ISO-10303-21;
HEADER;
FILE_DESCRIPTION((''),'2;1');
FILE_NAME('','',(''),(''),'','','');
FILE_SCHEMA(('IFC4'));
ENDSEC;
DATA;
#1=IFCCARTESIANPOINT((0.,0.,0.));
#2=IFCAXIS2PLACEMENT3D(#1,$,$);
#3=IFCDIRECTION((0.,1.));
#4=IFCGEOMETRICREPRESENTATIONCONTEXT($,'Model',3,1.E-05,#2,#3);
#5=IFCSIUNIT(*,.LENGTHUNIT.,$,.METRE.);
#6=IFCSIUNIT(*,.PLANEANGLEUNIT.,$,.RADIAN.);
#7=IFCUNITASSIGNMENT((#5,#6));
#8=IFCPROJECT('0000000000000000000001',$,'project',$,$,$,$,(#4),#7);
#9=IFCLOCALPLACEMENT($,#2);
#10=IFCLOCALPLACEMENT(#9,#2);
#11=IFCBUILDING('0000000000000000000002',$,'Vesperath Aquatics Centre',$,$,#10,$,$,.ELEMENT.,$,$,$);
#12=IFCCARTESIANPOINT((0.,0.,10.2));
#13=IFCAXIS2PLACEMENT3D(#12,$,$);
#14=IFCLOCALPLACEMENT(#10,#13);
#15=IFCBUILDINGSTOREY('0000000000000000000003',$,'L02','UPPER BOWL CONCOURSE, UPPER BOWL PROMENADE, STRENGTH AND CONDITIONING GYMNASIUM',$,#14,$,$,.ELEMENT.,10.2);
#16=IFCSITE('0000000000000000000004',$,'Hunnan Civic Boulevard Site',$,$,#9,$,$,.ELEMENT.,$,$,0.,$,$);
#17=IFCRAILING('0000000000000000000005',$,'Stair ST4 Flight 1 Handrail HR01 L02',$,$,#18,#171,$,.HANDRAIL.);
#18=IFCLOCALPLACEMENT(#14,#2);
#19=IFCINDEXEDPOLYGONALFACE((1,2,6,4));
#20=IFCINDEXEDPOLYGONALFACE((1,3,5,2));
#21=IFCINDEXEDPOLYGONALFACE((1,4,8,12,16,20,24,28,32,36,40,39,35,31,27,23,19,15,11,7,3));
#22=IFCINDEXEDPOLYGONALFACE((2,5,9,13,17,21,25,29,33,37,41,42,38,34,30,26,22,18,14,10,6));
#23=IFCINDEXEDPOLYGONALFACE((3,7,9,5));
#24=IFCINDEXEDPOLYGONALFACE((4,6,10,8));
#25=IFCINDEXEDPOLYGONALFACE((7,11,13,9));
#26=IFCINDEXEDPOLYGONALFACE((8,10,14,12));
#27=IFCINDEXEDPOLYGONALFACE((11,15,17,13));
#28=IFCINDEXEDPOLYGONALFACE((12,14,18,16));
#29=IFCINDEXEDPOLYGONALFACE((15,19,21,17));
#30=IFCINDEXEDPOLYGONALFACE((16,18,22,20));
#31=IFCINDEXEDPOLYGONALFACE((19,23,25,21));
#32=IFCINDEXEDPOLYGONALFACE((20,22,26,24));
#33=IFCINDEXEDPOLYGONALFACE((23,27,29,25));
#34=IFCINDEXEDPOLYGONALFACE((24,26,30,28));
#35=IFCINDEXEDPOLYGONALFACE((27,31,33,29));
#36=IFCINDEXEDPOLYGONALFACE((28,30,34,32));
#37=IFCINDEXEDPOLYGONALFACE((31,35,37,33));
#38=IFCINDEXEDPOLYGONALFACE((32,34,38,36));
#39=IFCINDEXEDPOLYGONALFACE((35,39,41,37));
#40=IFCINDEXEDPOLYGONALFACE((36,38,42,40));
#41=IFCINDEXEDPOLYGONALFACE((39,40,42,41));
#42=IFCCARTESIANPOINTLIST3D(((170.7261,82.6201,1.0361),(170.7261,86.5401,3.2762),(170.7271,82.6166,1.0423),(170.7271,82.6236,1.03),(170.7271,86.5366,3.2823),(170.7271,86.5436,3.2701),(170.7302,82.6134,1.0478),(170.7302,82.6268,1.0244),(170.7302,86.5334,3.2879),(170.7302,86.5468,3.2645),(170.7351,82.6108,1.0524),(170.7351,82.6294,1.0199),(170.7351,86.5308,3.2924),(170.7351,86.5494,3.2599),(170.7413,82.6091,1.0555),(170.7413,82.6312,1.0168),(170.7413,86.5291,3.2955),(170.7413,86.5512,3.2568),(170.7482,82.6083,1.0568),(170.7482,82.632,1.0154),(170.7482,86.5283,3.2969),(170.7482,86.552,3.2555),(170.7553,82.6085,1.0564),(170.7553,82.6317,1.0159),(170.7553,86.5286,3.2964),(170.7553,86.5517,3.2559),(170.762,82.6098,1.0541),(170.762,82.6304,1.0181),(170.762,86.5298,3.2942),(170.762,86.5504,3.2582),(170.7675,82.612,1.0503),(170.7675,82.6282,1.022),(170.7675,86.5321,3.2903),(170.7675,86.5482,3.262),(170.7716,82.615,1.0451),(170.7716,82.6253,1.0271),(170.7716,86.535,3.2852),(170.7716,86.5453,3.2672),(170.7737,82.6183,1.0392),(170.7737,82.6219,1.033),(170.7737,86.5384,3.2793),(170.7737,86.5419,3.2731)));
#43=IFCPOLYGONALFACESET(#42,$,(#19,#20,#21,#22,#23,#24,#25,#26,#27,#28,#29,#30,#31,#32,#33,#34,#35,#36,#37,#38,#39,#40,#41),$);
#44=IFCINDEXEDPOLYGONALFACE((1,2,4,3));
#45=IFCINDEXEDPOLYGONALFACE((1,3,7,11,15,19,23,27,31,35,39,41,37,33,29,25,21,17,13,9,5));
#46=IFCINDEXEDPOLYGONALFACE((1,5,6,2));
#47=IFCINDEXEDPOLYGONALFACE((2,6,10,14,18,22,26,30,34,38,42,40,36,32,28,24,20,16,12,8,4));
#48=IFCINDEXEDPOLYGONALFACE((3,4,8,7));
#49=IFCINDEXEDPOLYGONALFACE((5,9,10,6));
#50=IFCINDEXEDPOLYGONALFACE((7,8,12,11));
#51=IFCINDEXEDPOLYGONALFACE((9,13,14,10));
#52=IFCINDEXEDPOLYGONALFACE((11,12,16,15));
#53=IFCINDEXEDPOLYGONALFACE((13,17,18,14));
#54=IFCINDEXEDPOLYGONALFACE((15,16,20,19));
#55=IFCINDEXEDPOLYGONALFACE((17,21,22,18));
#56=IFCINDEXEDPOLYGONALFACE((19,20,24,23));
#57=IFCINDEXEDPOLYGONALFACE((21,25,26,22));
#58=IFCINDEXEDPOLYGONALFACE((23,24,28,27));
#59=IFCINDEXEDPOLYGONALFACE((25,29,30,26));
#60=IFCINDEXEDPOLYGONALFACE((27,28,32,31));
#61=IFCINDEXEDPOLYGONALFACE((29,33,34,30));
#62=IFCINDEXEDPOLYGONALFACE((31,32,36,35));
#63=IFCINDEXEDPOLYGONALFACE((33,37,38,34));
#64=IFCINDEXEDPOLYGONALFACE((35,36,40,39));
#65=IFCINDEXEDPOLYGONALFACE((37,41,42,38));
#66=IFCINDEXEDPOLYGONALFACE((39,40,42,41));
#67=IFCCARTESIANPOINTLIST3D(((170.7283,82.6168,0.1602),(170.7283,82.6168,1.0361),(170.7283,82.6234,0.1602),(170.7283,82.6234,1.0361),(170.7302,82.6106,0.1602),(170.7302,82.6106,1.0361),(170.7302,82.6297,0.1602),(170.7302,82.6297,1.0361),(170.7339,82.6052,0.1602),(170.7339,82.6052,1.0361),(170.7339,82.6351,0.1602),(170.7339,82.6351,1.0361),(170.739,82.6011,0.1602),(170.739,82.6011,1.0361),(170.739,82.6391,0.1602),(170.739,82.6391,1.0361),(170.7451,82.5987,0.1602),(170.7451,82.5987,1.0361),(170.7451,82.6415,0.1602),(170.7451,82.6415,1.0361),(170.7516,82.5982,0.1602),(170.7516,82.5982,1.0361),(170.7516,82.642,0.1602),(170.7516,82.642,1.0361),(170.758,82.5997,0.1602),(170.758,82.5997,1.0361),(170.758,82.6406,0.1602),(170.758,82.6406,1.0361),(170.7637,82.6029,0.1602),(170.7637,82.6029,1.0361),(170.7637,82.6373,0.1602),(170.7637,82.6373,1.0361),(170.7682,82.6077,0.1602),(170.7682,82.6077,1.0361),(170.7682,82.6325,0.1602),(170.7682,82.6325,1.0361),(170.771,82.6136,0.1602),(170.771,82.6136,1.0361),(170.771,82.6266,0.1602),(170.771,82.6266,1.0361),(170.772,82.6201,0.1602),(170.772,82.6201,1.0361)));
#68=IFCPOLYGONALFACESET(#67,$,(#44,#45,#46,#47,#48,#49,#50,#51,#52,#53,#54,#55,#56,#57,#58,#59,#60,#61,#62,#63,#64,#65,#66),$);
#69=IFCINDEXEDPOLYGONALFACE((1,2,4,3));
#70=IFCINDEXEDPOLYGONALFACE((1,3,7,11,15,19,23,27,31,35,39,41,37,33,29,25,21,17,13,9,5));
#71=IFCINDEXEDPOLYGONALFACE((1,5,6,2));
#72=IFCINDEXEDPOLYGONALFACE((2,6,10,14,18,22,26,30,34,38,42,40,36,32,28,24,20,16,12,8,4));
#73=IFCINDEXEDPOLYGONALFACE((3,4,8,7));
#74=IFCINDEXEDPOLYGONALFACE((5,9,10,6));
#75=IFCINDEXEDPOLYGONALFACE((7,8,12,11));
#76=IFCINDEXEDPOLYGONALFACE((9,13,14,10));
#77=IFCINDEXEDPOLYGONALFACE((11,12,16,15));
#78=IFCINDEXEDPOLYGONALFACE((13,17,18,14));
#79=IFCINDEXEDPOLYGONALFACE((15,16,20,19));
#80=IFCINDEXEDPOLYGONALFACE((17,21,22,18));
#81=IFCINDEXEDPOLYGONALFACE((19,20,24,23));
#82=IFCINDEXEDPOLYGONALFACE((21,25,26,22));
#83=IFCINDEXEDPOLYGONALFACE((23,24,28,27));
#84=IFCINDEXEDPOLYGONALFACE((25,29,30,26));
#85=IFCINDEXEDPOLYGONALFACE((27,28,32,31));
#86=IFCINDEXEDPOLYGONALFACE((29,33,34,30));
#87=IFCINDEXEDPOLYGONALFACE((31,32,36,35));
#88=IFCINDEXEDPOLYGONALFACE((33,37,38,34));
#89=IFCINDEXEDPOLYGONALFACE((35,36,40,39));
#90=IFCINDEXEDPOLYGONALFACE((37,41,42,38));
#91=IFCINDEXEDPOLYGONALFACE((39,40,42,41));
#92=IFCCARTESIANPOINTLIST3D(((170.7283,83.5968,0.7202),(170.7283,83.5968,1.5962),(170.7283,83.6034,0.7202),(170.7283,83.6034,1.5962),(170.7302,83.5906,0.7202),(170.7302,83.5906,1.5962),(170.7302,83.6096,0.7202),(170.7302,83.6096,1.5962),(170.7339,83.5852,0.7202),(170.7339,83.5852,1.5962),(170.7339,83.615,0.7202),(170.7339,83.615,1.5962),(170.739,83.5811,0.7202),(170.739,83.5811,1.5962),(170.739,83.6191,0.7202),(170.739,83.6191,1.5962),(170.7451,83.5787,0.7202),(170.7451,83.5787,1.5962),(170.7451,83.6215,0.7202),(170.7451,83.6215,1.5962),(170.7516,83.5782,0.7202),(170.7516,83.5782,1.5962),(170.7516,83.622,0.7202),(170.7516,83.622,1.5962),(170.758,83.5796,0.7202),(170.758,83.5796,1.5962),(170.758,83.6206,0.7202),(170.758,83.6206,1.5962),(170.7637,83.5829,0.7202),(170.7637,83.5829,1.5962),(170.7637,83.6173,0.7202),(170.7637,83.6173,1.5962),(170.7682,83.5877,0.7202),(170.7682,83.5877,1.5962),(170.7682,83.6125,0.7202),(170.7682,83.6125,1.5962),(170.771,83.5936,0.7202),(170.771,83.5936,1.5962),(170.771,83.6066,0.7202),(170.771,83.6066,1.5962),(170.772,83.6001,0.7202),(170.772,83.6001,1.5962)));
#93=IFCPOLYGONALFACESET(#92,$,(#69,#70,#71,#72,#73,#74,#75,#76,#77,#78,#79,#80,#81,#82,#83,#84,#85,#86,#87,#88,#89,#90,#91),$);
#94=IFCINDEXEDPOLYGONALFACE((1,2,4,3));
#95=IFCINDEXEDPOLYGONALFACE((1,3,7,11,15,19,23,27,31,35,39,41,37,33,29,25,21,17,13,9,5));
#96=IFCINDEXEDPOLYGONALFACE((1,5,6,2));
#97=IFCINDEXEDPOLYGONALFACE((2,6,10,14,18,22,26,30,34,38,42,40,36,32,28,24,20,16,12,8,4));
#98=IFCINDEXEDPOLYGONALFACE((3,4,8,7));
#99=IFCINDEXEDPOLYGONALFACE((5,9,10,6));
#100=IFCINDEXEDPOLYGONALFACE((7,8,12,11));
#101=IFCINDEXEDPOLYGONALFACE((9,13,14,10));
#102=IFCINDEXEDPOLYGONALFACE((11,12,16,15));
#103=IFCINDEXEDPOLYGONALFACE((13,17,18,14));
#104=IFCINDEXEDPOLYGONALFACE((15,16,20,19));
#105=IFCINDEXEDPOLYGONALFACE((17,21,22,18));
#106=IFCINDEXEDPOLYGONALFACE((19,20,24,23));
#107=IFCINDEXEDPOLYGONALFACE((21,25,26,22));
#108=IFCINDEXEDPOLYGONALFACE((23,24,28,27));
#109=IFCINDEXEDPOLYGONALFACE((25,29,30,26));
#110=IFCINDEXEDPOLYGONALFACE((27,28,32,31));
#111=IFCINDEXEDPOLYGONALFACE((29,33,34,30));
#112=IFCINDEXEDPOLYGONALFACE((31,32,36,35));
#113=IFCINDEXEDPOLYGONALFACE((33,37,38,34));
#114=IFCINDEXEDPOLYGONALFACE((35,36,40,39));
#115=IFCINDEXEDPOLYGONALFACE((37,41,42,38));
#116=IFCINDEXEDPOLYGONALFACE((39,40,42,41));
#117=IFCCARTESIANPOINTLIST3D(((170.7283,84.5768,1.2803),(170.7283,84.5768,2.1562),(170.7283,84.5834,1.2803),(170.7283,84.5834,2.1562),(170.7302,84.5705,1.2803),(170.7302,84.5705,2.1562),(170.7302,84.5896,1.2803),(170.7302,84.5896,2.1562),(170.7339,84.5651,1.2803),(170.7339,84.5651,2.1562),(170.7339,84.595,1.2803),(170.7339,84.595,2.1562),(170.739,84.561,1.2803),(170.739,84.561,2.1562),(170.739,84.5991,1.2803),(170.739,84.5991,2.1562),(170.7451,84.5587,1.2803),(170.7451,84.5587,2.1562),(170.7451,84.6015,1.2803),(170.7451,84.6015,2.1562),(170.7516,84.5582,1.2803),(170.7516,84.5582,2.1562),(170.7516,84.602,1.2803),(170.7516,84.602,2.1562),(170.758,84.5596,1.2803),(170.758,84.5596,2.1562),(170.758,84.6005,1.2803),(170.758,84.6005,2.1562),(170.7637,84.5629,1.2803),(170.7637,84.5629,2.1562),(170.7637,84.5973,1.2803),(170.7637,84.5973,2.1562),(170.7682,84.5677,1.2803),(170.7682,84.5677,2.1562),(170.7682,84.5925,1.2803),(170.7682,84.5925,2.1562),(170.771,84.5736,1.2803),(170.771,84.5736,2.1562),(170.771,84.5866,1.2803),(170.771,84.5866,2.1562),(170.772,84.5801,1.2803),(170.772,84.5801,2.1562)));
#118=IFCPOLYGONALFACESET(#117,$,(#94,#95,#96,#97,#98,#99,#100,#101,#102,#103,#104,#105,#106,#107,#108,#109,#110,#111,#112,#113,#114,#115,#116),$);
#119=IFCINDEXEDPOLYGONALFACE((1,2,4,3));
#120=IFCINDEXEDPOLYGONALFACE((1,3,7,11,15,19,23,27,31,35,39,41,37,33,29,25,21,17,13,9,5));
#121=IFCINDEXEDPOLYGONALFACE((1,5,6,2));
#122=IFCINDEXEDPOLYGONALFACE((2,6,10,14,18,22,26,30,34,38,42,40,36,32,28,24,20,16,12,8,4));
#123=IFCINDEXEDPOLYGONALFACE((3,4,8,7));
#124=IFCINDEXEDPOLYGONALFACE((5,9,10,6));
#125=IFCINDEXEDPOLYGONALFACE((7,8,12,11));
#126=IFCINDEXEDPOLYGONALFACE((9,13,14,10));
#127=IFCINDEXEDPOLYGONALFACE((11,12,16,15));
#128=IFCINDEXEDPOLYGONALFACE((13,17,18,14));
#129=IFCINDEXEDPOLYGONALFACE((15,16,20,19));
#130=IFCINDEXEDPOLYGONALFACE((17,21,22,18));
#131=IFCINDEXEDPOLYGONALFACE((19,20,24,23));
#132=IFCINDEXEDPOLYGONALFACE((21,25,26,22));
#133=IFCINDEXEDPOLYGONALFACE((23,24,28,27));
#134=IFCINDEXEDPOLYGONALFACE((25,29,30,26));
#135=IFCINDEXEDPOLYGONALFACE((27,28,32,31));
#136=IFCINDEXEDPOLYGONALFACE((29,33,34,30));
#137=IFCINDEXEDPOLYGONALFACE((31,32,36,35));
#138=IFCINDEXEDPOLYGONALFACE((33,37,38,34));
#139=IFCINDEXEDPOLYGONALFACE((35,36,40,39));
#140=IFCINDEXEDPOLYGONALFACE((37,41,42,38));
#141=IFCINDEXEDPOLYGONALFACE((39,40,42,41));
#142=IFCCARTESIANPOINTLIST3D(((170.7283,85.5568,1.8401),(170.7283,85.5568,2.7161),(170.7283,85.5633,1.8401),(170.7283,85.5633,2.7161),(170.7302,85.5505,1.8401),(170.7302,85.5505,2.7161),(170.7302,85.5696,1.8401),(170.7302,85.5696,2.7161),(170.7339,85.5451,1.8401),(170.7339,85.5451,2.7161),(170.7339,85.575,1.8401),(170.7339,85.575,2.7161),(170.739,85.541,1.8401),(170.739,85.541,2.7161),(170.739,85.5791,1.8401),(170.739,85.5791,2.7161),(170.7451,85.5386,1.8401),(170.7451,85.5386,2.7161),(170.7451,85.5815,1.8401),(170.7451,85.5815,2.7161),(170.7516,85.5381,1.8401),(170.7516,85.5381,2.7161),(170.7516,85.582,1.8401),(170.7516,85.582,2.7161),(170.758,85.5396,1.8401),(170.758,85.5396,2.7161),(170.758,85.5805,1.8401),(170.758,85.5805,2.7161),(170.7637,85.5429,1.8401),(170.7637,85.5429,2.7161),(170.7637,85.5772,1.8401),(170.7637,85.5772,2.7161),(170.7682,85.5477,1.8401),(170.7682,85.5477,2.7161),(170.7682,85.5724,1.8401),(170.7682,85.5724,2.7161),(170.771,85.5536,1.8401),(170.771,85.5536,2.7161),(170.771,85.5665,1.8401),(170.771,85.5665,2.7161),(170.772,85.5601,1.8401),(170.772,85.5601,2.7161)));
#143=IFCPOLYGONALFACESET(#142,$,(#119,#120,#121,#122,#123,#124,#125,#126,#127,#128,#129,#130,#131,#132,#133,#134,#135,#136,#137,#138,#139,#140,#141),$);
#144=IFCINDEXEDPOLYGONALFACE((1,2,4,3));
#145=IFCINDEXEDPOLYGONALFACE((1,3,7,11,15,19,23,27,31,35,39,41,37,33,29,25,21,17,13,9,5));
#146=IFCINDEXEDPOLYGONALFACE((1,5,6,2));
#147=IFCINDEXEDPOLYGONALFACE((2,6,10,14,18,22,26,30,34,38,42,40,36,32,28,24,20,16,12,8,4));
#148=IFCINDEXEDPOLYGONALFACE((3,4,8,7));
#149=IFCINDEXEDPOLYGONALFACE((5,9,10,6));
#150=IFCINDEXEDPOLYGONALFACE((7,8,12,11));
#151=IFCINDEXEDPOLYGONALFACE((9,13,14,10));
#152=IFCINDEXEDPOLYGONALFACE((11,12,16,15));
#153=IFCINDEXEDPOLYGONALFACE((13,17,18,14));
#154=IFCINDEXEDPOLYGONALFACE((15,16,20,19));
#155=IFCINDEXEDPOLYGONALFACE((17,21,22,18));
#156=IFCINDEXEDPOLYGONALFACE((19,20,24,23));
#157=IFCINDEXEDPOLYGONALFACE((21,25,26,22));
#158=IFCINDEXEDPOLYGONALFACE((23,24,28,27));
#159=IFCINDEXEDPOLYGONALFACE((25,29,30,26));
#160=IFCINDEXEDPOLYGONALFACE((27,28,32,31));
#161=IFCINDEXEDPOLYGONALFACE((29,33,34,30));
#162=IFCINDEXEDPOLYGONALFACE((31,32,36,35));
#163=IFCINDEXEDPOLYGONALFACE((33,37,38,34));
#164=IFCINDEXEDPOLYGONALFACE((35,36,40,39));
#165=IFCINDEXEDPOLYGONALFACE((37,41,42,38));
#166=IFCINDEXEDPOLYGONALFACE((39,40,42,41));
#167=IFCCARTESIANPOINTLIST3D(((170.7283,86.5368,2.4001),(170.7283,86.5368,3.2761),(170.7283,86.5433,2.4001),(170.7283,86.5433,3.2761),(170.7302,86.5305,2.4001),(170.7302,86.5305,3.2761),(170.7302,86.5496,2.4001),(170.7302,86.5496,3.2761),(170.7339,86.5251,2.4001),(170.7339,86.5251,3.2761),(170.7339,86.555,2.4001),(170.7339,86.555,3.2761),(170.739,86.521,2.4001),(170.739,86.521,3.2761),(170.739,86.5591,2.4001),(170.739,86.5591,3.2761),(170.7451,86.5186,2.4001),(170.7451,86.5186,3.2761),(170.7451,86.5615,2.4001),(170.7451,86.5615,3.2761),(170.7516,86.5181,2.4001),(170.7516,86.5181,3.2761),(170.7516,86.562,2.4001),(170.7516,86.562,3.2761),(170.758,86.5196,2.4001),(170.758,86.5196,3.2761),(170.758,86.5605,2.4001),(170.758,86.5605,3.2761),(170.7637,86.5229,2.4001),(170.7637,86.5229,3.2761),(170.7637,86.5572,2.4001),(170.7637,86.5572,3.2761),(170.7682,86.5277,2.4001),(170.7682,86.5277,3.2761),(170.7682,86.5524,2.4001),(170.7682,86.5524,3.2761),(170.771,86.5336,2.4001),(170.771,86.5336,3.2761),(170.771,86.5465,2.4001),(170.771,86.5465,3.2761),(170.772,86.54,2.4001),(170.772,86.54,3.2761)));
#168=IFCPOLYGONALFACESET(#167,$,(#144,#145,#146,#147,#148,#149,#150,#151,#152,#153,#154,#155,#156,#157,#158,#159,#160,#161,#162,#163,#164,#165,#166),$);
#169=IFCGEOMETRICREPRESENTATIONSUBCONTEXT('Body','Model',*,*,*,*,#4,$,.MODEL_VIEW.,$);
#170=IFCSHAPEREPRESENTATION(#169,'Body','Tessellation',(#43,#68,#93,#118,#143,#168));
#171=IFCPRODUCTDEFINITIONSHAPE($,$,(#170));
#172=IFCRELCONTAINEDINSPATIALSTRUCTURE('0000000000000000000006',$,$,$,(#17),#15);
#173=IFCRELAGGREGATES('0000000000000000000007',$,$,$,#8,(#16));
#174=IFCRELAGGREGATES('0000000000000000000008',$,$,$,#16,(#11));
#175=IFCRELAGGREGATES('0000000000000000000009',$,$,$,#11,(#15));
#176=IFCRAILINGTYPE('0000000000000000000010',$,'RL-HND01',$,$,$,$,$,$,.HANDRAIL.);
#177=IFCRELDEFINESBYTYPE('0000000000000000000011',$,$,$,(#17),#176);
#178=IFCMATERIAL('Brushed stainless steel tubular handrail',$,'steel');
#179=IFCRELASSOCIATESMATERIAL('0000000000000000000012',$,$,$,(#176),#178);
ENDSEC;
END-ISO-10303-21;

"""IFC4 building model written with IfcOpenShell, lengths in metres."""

from ifc_helpers import new_model, si_unit, direction, frame, origin, origin_2d, place, context, subcontext, project, spatial, circle, extrude, material, type_object, element, save


model = new_model("IFC4")

# Units and contexts
model_context = context("Model", 3, precision=1e-05, world=origin(), true_north=direction((0.0, 1.0)))
body_context = subcontext(model_context, "Body", "Model", "MODEL_VIEW")
ifc_project = project(units=[si_unit("LENGTHUNIT", "METRE"), si_unit("PLANEANGLEUNIT", "RADIAN")], contexts=[model_context])

# Site, building, storey
site_placement = place(None, origin())
site = spatial("IfcSite", under=ifc_project, at=site_placement, Name="Hunnan Civic Boulevard Site", CompositionType="ELEMENT", RefElevation=0.0)
building_placement = place(site_placement, origin())
building = spatial("IfcBuilding", under=site, at=building_placement, Name="Vesperath Aquatics Centre", CompositionType="ELEMENT")
storey_placement = place(building_placement, frame((0.0, 0.0, 10.2)))
storey = spatial("IfcBuildingStorey", under=building, at=storey_placement, Name="L02", Description="UPPER BOWL CONCOURSE, UPPER BOWL PROMENADE, STRENGTH AND CONDITIONING GYMNASIUM", CompositionType="ELEMENT", Elevation=10.2)

# Railing
ifc_material_1 = material(Name="Brushed stainless steel tubular handrail", Category="steel")
railing_type_1 = type_object("IfcRailingType", Name="RL-HND01", PredefinedType="HANDRAIL", material=ifc_material_1)
railing_1_placement = place(storey_placement, frame((170.75, 82.6201, 0.1602)))
element("IfcRailing", 1, at=railing_1_placement, inside=storey, type_object=railing_type_1, Name="Stair ST4 Flight 1 Handrail HR01 L02", PredefinedType="HANDRAIL", context=body_context, shape_type="SweptSolid", body=[
    extrude(circle(Radius=0.0239, at=origin_2d()), frame((0.0, 0.0, 0.876), z_axis=(0.0, 0.86824, 0.496145), x_axis=(-1.0, 0.0, 0.0)), (0.0, 0.0, 1.0), 4.5149),
    extrude(circle(Radius=0.022, at=origin_2d()), origin(), (0.0, 0.0, 1.0), 0.876),
    extrude(circle(Radius=0.022, at=origin_2d()), frame((0.0, 0.98, 0.5601)), (0.0, 0.0, 1.0), 0.876),
    extrude(circle(Radius=0.022, at=origin_2d()), frame((0.0, 1.96, 1.1201)), (0.0, 0.0, 1.0), 0.876),
    extrude(circle(Radius=0.022, at=origin_2d()), frame((0.0, 2.9399, 1.6799)), (0.0, 0.0, 1.0), 0.876),
    extrude(circle(Radius=0.022, at=origin_2d()), frame((0.0, 3.9199, 2.24)), (0.0, 0.0, 1.0), 0.876),
])

save(model, "model.ifc")
